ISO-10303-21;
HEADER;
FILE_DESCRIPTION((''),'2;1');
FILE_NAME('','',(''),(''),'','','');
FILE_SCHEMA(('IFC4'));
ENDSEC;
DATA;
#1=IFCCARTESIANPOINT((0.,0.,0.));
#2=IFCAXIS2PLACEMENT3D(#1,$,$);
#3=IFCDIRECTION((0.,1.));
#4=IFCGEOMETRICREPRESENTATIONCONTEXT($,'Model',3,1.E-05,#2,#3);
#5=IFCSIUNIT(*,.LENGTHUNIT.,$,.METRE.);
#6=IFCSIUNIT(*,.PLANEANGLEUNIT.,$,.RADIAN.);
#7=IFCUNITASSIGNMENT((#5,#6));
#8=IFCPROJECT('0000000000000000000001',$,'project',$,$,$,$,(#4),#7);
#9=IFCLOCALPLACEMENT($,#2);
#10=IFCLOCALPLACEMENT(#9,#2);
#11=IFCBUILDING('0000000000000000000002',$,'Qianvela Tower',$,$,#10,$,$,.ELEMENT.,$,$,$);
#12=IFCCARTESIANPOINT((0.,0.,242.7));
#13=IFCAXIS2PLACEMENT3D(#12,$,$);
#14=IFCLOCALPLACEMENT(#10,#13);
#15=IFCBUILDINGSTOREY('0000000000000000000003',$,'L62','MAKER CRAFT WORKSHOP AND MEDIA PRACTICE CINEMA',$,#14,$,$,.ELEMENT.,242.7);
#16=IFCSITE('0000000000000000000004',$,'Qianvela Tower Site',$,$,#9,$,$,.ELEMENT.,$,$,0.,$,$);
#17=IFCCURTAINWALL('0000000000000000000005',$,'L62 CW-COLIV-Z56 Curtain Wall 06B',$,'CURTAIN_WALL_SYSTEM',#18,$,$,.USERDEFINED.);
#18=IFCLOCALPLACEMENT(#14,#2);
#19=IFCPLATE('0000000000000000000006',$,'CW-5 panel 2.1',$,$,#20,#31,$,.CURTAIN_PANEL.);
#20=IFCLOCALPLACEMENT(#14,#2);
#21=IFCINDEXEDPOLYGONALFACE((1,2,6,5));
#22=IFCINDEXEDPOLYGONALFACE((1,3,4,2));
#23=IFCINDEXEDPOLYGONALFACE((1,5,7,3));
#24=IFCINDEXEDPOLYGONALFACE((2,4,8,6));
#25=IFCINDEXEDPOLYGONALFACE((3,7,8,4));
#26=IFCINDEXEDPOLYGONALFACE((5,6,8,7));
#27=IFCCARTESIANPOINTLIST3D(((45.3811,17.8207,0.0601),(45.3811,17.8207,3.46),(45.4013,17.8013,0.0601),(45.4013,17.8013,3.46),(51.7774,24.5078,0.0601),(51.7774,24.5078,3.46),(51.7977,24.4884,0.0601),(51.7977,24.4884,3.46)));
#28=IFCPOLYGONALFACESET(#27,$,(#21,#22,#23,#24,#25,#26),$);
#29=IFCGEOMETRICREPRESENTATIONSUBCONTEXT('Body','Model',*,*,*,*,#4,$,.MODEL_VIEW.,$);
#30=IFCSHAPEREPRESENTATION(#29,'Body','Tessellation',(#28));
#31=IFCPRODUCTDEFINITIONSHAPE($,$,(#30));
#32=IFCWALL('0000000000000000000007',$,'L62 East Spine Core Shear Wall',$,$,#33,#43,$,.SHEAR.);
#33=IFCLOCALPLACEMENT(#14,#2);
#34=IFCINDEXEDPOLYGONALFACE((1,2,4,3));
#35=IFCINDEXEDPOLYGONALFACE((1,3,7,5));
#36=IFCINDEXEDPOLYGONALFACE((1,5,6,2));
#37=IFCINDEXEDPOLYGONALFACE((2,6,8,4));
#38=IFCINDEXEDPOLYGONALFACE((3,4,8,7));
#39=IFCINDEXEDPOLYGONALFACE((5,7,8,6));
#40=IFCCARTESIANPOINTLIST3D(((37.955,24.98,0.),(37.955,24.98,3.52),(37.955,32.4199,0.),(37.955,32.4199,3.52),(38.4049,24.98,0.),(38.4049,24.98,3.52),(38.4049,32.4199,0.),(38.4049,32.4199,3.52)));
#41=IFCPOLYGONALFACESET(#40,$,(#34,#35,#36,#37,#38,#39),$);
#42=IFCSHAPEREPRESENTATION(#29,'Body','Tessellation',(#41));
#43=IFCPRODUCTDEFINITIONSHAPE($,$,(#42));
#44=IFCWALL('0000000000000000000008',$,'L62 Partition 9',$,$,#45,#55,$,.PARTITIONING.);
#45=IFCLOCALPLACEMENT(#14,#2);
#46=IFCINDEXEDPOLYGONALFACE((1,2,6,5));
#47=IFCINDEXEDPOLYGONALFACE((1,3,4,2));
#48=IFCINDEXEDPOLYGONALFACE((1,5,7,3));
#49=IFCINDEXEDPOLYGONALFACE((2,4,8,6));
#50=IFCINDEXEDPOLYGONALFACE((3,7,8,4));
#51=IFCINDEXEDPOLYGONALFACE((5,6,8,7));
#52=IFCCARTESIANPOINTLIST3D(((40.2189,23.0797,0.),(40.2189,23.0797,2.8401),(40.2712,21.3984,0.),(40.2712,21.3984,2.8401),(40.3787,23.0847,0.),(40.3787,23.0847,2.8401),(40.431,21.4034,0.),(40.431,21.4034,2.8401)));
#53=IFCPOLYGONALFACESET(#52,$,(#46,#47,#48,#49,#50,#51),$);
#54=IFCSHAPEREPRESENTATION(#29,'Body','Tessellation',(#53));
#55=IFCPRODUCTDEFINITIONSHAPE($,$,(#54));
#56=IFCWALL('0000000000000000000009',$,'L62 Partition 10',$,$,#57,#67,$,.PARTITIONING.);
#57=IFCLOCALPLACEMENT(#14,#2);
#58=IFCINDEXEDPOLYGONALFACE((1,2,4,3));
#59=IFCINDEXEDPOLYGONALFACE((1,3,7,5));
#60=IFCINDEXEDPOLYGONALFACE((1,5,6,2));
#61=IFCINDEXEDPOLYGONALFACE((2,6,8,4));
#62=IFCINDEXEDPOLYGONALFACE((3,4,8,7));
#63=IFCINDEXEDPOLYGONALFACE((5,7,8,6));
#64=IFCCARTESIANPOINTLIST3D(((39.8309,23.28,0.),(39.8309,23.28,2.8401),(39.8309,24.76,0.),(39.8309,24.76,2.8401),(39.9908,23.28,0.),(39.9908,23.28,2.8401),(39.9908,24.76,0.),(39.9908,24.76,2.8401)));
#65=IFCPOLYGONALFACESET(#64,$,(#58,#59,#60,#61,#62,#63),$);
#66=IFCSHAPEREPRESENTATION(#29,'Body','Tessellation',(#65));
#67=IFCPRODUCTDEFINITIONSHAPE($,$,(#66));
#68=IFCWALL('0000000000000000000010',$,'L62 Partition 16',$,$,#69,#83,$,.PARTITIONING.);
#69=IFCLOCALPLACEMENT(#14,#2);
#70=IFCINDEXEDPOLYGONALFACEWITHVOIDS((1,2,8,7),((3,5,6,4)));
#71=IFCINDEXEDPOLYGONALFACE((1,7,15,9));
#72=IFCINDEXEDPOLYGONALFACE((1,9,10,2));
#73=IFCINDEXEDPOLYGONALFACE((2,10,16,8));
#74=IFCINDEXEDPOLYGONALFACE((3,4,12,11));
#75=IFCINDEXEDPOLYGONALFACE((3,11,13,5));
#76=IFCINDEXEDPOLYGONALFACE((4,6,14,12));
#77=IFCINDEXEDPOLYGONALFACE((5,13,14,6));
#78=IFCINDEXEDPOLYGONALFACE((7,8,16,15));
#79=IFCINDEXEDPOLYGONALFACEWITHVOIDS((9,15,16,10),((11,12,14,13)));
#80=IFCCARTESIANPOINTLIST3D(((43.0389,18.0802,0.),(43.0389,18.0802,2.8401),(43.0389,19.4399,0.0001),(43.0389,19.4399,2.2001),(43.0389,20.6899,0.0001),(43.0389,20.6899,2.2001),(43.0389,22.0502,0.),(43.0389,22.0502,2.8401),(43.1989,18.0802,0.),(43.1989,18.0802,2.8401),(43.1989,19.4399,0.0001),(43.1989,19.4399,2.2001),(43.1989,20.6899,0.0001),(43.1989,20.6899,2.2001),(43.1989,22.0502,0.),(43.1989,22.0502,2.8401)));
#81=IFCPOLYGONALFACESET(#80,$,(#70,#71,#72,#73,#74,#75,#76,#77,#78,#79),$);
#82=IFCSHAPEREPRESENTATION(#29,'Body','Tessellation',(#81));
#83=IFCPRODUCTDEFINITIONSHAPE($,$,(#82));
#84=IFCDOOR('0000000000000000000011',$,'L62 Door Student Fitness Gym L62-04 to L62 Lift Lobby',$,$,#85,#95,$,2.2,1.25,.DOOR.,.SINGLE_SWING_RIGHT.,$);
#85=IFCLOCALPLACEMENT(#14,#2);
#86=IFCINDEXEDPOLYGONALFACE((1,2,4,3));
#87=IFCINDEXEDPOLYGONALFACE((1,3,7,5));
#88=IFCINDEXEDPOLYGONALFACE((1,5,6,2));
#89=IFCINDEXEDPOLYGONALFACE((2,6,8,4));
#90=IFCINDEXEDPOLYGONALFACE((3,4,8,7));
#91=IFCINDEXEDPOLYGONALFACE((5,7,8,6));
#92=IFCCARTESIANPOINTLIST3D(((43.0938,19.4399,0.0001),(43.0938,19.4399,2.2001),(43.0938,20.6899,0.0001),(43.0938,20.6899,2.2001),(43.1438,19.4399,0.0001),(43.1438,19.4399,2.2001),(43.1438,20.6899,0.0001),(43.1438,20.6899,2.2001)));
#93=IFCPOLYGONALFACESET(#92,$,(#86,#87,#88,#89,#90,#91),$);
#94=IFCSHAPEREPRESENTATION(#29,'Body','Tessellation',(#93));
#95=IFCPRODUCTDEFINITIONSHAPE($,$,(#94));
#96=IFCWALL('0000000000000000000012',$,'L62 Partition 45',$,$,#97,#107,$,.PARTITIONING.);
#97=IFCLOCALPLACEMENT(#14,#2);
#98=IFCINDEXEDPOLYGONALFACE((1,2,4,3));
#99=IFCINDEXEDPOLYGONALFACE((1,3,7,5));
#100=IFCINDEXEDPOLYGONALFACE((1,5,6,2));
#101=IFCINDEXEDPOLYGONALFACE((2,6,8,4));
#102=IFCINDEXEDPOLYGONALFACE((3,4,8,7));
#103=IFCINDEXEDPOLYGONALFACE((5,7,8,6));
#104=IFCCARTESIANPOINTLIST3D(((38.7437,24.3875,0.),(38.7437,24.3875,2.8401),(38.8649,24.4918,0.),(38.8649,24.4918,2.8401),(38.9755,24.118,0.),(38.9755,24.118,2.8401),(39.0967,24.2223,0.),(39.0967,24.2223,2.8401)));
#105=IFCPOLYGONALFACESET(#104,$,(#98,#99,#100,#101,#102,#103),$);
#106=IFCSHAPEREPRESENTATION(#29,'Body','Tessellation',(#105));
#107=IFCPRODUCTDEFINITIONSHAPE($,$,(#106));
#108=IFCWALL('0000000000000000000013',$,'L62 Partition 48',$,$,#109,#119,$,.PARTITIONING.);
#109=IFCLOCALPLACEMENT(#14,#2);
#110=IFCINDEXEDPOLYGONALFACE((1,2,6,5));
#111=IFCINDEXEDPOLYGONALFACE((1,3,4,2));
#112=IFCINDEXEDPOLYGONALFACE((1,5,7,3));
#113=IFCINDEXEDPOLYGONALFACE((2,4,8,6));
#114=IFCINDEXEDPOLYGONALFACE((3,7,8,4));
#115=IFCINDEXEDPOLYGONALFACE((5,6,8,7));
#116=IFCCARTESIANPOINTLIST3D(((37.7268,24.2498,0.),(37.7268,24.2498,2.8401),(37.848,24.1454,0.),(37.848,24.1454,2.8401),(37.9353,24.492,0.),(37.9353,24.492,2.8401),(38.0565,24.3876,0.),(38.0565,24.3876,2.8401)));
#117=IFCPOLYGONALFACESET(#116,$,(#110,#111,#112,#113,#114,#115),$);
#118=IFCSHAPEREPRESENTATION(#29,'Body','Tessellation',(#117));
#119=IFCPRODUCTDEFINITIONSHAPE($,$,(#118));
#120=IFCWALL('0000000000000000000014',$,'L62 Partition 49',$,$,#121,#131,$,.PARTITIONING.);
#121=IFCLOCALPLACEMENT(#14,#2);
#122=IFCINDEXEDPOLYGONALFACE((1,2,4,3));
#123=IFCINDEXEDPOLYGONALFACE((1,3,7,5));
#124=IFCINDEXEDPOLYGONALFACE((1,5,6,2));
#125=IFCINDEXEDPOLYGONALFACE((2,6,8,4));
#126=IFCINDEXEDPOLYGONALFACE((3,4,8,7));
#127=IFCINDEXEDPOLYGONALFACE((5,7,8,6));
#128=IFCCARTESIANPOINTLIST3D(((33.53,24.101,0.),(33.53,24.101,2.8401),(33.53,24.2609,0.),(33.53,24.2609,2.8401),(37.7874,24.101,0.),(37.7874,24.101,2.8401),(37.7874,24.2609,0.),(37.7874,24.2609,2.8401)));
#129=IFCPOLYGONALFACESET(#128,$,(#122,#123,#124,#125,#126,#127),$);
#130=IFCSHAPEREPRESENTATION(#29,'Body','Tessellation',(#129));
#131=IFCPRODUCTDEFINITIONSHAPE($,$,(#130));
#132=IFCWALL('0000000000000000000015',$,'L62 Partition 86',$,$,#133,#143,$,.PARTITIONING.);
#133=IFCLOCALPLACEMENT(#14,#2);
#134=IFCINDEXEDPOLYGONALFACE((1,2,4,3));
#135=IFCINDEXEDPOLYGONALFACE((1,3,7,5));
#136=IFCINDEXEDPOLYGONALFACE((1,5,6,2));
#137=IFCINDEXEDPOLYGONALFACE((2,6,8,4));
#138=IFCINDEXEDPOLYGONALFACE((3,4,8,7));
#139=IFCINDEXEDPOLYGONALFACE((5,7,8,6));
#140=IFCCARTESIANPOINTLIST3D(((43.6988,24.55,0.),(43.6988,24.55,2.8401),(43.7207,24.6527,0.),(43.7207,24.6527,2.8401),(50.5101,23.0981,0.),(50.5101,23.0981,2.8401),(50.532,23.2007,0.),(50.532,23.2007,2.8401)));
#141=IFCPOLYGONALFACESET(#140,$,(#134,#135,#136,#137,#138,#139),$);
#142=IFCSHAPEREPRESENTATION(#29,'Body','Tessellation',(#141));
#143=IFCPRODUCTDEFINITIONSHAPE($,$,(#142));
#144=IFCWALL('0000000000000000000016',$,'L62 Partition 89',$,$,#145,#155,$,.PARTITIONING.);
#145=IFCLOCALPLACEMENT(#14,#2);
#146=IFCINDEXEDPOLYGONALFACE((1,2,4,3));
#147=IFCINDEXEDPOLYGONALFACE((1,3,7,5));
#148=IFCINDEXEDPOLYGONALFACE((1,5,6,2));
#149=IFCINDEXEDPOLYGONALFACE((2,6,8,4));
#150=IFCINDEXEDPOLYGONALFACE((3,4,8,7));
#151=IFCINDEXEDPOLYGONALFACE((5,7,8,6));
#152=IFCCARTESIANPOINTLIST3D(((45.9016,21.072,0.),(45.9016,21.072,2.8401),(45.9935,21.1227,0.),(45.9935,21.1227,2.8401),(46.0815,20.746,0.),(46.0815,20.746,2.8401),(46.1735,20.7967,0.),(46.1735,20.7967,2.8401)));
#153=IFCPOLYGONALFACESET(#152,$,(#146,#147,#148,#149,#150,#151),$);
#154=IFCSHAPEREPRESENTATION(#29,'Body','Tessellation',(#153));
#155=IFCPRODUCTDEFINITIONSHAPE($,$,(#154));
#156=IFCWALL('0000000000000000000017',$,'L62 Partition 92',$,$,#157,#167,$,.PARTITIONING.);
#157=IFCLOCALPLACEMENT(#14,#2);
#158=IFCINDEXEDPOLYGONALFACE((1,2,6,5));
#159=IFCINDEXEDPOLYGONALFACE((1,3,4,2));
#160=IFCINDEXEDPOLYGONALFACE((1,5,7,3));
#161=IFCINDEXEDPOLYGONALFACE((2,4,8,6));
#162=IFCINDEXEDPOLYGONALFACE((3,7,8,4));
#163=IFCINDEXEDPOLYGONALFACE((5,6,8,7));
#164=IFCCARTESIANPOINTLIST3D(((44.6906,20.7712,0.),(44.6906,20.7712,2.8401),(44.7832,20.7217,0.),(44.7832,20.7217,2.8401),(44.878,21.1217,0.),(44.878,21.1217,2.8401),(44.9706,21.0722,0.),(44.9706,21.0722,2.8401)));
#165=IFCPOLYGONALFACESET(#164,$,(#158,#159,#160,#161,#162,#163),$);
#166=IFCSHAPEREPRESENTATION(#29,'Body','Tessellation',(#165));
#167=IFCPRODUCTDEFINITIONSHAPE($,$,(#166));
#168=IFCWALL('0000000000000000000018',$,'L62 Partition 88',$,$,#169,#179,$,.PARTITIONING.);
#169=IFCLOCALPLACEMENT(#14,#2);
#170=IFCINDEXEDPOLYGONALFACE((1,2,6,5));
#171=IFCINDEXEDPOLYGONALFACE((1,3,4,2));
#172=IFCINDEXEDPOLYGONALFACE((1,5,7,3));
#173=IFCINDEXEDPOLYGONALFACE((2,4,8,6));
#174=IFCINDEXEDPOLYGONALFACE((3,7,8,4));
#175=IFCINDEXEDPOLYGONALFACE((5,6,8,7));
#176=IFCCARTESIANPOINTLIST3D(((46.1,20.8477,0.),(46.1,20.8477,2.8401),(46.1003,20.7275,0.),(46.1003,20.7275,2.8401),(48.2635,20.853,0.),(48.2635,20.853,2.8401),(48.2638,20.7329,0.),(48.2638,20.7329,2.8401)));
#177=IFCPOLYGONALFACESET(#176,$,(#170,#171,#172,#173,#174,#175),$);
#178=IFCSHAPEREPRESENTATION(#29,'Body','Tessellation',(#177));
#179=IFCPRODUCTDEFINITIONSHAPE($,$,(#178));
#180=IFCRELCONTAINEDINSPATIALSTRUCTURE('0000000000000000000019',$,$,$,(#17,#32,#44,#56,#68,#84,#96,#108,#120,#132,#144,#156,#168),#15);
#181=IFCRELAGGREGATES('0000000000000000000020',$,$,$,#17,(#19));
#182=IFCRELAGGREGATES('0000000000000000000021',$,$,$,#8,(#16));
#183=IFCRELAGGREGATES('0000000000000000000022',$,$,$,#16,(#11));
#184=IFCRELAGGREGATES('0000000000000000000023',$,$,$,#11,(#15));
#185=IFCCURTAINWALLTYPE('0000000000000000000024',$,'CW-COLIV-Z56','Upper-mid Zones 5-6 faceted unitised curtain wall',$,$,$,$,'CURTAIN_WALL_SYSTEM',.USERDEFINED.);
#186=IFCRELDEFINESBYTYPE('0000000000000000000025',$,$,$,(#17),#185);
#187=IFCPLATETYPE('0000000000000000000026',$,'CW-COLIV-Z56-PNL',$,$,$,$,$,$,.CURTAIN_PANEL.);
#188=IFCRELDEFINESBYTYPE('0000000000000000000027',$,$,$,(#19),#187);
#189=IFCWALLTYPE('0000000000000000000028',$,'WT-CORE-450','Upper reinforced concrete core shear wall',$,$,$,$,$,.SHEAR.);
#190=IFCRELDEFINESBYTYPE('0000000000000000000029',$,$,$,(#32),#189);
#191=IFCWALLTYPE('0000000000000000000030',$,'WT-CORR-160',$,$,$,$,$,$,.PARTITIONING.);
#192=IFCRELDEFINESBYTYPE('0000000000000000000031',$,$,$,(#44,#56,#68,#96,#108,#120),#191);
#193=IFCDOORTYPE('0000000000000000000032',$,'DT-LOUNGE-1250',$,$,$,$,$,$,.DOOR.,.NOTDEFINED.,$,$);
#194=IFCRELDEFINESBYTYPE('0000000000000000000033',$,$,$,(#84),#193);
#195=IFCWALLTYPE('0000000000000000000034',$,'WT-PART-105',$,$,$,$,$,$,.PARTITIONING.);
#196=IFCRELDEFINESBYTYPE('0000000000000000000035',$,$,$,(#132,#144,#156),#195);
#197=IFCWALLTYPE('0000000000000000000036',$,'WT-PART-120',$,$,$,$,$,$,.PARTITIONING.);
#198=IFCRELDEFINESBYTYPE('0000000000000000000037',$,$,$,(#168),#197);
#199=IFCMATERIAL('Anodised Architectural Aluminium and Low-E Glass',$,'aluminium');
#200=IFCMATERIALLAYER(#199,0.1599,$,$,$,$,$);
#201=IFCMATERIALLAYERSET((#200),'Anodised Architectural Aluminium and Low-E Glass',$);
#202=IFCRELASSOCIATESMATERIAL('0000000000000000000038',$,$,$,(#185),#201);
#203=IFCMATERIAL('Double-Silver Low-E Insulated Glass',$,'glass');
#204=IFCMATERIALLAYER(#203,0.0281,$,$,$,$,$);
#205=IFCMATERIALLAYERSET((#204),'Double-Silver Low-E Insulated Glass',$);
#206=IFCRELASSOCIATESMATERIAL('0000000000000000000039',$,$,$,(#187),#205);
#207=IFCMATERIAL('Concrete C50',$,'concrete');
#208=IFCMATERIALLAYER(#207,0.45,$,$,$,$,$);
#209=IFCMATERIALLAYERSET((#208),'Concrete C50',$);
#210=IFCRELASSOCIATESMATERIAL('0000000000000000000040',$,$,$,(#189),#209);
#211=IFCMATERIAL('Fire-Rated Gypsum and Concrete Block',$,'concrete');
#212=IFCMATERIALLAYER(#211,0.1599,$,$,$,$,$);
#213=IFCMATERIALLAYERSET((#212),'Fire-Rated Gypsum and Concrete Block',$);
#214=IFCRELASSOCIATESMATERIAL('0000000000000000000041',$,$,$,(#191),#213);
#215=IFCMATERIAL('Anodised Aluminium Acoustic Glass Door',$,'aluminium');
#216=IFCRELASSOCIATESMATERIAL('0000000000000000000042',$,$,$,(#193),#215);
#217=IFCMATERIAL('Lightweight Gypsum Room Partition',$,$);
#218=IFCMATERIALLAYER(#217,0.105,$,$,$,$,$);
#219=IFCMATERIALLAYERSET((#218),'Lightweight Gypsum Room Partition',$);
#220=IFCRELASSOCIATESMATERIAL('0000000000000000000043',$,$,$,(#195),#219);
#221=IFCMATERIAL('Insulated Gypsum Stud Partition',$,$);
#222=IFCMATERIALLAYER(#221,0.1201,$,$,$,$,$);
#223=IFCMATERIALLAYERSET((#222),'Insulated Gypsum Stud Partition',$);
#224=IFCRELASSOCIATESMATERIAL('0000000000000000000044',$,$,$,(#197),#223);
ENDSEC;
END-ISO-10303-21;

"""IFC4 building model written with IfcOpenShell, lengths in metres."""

from ifc_helpers import new_model, si_unit, direction, frame, frame_2d, origin, origin_2d, place, context, subcontext, project, spatial, rectangle, extrude, material, layer, layer_set, type_object, element, fill, aggregate, save


model = new_model("IFC4")

# Units and contexts
model_context = context("Model", 3, precision=1e-05, world=origin(), true_north=direction((0.0, 1.0)))
body_context = subcontext(model_context, "Body", "Model", "MODEL_VIEW")
ifc_project = project(units=[si_unit("LENGTHUNIT", "METRE"), si_unit("PLANEANGLEUNIT", "RADIAN")], contexts=[model_context])

# Site, building, storey
site_placement = place(None, origin())
site = spatial("IfcSite", under=ifc_project, at=site_placement, Name="Qianvela Tower Site", CompositionType="ELEMENT", RefElevation=0.0)
building_placement = place(site_placement, origin())
building = spatial("IfcBuilding", under=site, at=building_placement, Name="Qianvela Tower", CompositionType="ELEMENT")
storey_placement = place(building_placement, frame((0.0, 0.0, 242.7)))
storey = spatial("IfcBuildingStorey", under=building, at=storey_placement, Name="L62", Description="MAKER CRAFT WORKSHOP AND MEDIA PRACTICE CINEMA", CompositionType="ELEMENT", Elevation=242.7)

# Curtain wall, plate
ifc_material_1 = material(Name="Anodised Architectural Aluminium and Low-E Glass", Category="aluminium")
ifc_layer_1 = layer(ifc_material_1, 0.1599)
ifc_layer_set_1 = layer_set([ifc_layer_1], Name="Anodised Architectural Aluminium and Low-E Glass")
curtain_wall_type = type_object("IfcCurtainWallType", Name="CW-COLIV-Z56", Description="Upper-mid Zones 5-6 faceted unitised curtain wall", ElementType="CURTAIN_WALL_SYSTEM", PredefinedType="USERDEFINED", material=ifc_layer_set_1)
curtain_wall_placement = place(storey_placement, origin())
curtain_wall = element("IfcCurtainWall", 1, at=curtain_wall_placement, inside=storey, type_object=curtain_wall_type, Name="L62 CW-COLIV-Z56 Curtain Wall 06B", ObjectType="CURTAIN_WALL_SYSTEM", PredefinedType="USERDEFINED")
ifc_material_2 = material(Name="Double-Silver Low-E Insulated Glass", Category="glass")
ifc_layer_2 = layer(ifc_material_2, 0.0281)
ifc_layer_set_2 = layer_set([ifc_layer_2], Name="Double-Silver Low-E Insulated Glass")
plate_type = type_object("IfcPlateType", Name="CW-COLIV-Z56-PNL", PredefinedType="CURTAIN_PANEL", material=ifc_layer_set_2)
plate_placement = place(storey_placement, frame((48.5894, 21.1545, 0.0601), z_axis=(0.0, 0.0, 1.0), x_axis=(0.69122, 0.722644, 0.0)))
plate = element("IfcPlate", 2, at=plate_placement, type_object=plate_type, Name="CW-5 panel 2.1", PredefinedType="CURTAIN_PANEL", context=body_context, shape_type="SweptSolid", body=[
    extrude(rectangle(XDim=9.2537, YDim=0.0281, at=origin_2d()), origin(), (0.0, 0.0, 1.0), 3.3999),
])
aggregate(curtain_wall, [plate])

# Walls
ifc_material_3 = material(Name="Concrete C50", Category="concrete")
ifc_layer_3 = layer(ifc_material_3, 0.45)
ifc_layer_set_3 = layer_set([ifc_layer_3], Name="Concrete C50")
wall_type_1 = type_object("IfcWallType", Name="WT-CORE-450", Description="Upper reinforced concrete core shear wall", PredefinedType="SHEAR", material=ifc_layer_set_3)
wall_1_placement = place(storey_placement, frame((38.1799, 24.98, 0.0), z_axis=(0.0, 0.0, 1.0), x_axis=(0.0, 1.0, 0.0)))
element("IfcWall", 3, at=wall_1_placement, inside=storey, type_object=wall_type_1, Name="L62 East Spine Core Shear Wall", PredefinedType="SHEAR", context=body_context, shape_type="SweptSolid", body=[
    extrude(rectangle(XDim=7.4399, YDim=0.45, at=frame_2d((3.72, 0.0))), origin(), (0.0, 0.0, 1.0), 3.52),
])
ifc_material_4 = material(Name="Fire-Rated Gypsum and Concrete Block", Category="concrete")
ifc_layer_4 = layer(ifc_material_4, 0.1599)
ifc_layer_set_4 = layer_set([ifc_layer_4], Name="Fire-Rated Gypsum and Concrete Block")
wall_type_2 = type_object("IfcWallType", Name="WT-CORR-160", PredefinedType="PARTITIONING", material=ifc_layer_set_4)
wall_2_placement = place(storey_placement, frame((40.3511, 21.4009, 0.0), z_axis=(0.0, 0.0, 1.0), x_axis=(-0.031058, 0.999518, 0.0)))
element("IfcWall", 4, at=wall_2_placement, inside=storey, type_object=wall_type_2, Name="L62 Partition 9", PredefinedType="PARTITIONING", context=body_context, shape_type="SweptSolid", body=[
    extrude(rectangle(XDim=1.6821, YDim=0.1599, at=frame_2d((0.8411, 0.0))), origin(), (0.0, 0.0, 1.0), 2.8401),
])
wall_3_placement = place(storey_placement, frame((39.9109, 23.28, 0.0), z_axis=(0.0, 0.0, 1.0), x_axis=(0.0, 1.0, 0.0)))
element("IfcWall", 5, at=wall_3_placement, inside=storey, type_object=wall_type_2, Name="L62 Partition 10", PredefinedType="PARTITIONING", context=body_context, shape_type="SweptSolid", body=[
    extrude(rectangle(XDim=1.48, YDim=0.1599, at=frame_2d((0.74, 0.0))), origin(), (0.0, 0.0, 1.0), 2.8401),
])

# Wall, opening, door
wall_4_placement = place(storey_placement, frame((43.1189, 22.05, 0.0), z_axis=(0.0, 0.0, 1.0), x_axis=(0.0, -1.0, 0.0)))
wall_4 = element("IfcWall", 6, at=wall_4_placement, inside=storey, type_object=wall_type_2, Name="L62 Partition 16", PredefinedType="PARTITIONING", context=body_context, shape_type="SweptSolid", body=[
    extrude(rectangle(XDim=3.97, YDim=0.1599, at=frame_2d((1.9849, 0.0))), origin(), (0.0, 0.0, 1.0), 2.8401),
])
opening_1_placement = place(wall_4_placement, frame((1.3601, 0.0, 0.0)))
opening_1 = element("IfcOpeningElement", 7, at=opening_1_placement, cuts=wall_4, PredefinedType="OPENING", context=body_context, shape_type="SweptSolid", body=[
    extrude(rectangle(XDim=1.25, YDim=2.2, at=frame_2d((0.625, 1.1001))), frame((0.0, 0.0898, 0.0), z_axis=(0.0, -1.0, 0.0), x_axis=(1.0, 0.0, 0.0)), (0.0, 0.0, 1.0), 0.1799),
])
ifc_material_5 = material(Name="Anodised Aluminium Acoustic Glass Door", Category="aluminium")
door_type_1 = type_object("IfcDoorType", Name="DT-LOUNGE-1250", OperationType="NOTDEFINED", PredefinedType="DOOR", material=ifc_material_5)
door_1_placement = place(opening_1_placement, origin())
door_1 = element("IfcDoor", 8, at=door_1_placement, inside=storey, type_object=door_type_1, Name="L62 Door Student Fitness Gym L62-04 to L62 Lift Lobby", OperationType="SINGLE_SWING_RIGHT", OverallHeight=2.2, OverallWidth=1.25, PredefinedType="DOOR", context=body_context, shape_type="SweptSolid", body=[
    extrude(rectangle(XDim=1.25, YDim=2.2, at=frame_2d((0.625, 1.1001))), frame((0.0, 0.0249, 0.0), z_axis=(0.0, -1.0, 0.0), x_axis=(1.0, 0.0, 0.0)), (0.0, 0.0, 1.0), 0.05),
])
fill(opening_1, door_1)

# Walls
wall_5_placement = place(storey_placement, frame((39.0361, 24.1702, 0.0), z_axis=(0.0, 0.0, 1.0), x_axis=(-0.65226, 0.757995, 0.0)))
element("IfcWall", 9, at=wall_5_placement, inside=storey, type_object=wall_type_2, Name="L62 Partition 45", PredefinedType="PARTITIONING", context=body_context, shape_type="SweptSolid", body=[
    extrude(rectangle(XDim=0.3555, YDim=0.1599, at=frame_2d((0.1777, 0.0))), origin(), (0.0, 0.0, 1.0), 2.8401),
])
wall_6_placement = place(storey_placement, frame((37.9958, 24.4397, 0.0), z_axis=(0.0, 0.0, 1.0), x_axis=(-0.652426, -0.757853, 0.0)))
element("IfcWall", 10, at=wall_6_placement, inside=storey, type_object=wall_type_2, Name="L62 Partition 48", PredefinedType="PARTITIONING", context=body_context, shape_type="SweptSolid", body=[
    extrude(rectangle(XDim=0.3196, YDim=0.1599, at=frame_2d((0.1597, 0.0))), origin(), (0.0, 0.0, 1.0), 2.8401),
])
wall_7_placement = place(storey_placement, frame((37.7874, 24.1809, 0.0), z_axis=(0.0, 0.0, 1.0), x_axis=(-1.0, 0.0, 0.0)))
element("IfcWall", 11, at=wall_7_placement, inside=storey, type_object=wall_type_2, Name="L62 Partition 49", PredefinedType="PARTITIONING", context=body_context, shape_type="SweptSolid", body=[
    extrude(rectangle(XDim=4.2573, YDim=0.1599, at=frame_2d((2.1287, 0.0))), origin(), (0.0, 0.0, 1.0), 2.8401),
])
ifc_material_6 = material(Name="Lightweight Gypsum Room Partition")
ifc_layer_5 = layer(ifc_material_6, 0.105)
ifc_layer_set_5 = layer_set([ifc_layer_5], Name="Lightweight Gypsum Room Partition")
wall_type_3 = type_object("IfcWallType", Name="WT-PART-105", PredefinedType="PARTITIONING", material=ifc_layer_set_5)
wall_8_placement = place(storey_placement, frame((43.7097, 24.6013, 0.0), z_axis=(0.0, 0.0, 1.0), x_axis=(0.978027, -0.208478, 0.0)))
element("IfcWall", 12, at=wall_8_placement, inside=storey, type_object=wall_type_3, Name="L62 Partition 86", PredefinedType="PARTITIONING", context=body_context, shape_type="SweptSolid", body=[
    extrude(rectangle(XDim=6.9644, YDim=0.105, at=frame_2d((3.4822, 0.0))), origin(), (0.0, 0.0, 1.0), 2.8401),
])
wall_9_placement = place(storey_placement, frame((46.1274, 20.7715, 0.0), z_axis=(0.0, 0.0, 1.0), x_axis=(-0.483303, 0.875453, 0.0)))
element("IfcWall", 13, at=wall_9_placement, inside=storey, type_object=wall_type_3, Name="L62 Partition 89", PredefinedType="PARTITIONING", context=body_context, shape_type="SweptSolid", body=[
    extrude(rectangle(XDim=0.3723, YDim=0.105, at=frame_2d((0.186, 0.0))), origin(), (0.0, 0.0, 1.0), 2.8401),
])
wall_10_placement = place(storey_placement, frame((44.9243, 21.0969, 0.0), z_axis=(0.0, 0.0, 1.0), x_axis=(-0.471608, -0.881808, 0.0)))
element("IfcWall", 14, at=wall_10_placement, inside=storey, type_object=wall_type_3, Name="L62 Partition 92", PredefinedType="PARTITIONING", context=body_context, shape_type="SweptSolid", body=[
    extrude(rectangle(XDim=0.3975, YDim=0.105, at=frame_2d((0.1987, 0.0))), origin(), (0.0, 0.0, 1.0), 2.8401),
])
ifc_material_7 = material(Name="Insulated Gypsum Stud Partition")
ifc_layer_6 = layer(ifc_material_7, 0.1201)
ifc_layer_set_6 = layer_set([ifc_layer_6], Name="Insulated Gypsum Stud Partition")
wall_type_4 = type_object("IfcWallType", Name="WT-PART-120", PredefinedType="PARTITIONING", material=ifc_layer_set_6)
wall_11_placement = place(storey_placement, frame((48.2637, 20.793, 0.0), z_axis=(0.0, 0.0, 1.0), x_axis=(-0.999997, -0.002483, 0.0)))
element("IfcWall", 15, at=wall_11_placement, inside=storey, type_object=wall_type_4, Name="L62 Partition 88", PredefinedType="PARTITIONING", context=body_context, shape_type="SweptSolid", body=[
    extrude(rectangle(XDim=2.1636, YDim=0.1201, at=frame_2d((1.0818, 0.0))), origin(), (0.0, 0.0, 1.0), 2.8401),
])

save(model, "model.ifc")
